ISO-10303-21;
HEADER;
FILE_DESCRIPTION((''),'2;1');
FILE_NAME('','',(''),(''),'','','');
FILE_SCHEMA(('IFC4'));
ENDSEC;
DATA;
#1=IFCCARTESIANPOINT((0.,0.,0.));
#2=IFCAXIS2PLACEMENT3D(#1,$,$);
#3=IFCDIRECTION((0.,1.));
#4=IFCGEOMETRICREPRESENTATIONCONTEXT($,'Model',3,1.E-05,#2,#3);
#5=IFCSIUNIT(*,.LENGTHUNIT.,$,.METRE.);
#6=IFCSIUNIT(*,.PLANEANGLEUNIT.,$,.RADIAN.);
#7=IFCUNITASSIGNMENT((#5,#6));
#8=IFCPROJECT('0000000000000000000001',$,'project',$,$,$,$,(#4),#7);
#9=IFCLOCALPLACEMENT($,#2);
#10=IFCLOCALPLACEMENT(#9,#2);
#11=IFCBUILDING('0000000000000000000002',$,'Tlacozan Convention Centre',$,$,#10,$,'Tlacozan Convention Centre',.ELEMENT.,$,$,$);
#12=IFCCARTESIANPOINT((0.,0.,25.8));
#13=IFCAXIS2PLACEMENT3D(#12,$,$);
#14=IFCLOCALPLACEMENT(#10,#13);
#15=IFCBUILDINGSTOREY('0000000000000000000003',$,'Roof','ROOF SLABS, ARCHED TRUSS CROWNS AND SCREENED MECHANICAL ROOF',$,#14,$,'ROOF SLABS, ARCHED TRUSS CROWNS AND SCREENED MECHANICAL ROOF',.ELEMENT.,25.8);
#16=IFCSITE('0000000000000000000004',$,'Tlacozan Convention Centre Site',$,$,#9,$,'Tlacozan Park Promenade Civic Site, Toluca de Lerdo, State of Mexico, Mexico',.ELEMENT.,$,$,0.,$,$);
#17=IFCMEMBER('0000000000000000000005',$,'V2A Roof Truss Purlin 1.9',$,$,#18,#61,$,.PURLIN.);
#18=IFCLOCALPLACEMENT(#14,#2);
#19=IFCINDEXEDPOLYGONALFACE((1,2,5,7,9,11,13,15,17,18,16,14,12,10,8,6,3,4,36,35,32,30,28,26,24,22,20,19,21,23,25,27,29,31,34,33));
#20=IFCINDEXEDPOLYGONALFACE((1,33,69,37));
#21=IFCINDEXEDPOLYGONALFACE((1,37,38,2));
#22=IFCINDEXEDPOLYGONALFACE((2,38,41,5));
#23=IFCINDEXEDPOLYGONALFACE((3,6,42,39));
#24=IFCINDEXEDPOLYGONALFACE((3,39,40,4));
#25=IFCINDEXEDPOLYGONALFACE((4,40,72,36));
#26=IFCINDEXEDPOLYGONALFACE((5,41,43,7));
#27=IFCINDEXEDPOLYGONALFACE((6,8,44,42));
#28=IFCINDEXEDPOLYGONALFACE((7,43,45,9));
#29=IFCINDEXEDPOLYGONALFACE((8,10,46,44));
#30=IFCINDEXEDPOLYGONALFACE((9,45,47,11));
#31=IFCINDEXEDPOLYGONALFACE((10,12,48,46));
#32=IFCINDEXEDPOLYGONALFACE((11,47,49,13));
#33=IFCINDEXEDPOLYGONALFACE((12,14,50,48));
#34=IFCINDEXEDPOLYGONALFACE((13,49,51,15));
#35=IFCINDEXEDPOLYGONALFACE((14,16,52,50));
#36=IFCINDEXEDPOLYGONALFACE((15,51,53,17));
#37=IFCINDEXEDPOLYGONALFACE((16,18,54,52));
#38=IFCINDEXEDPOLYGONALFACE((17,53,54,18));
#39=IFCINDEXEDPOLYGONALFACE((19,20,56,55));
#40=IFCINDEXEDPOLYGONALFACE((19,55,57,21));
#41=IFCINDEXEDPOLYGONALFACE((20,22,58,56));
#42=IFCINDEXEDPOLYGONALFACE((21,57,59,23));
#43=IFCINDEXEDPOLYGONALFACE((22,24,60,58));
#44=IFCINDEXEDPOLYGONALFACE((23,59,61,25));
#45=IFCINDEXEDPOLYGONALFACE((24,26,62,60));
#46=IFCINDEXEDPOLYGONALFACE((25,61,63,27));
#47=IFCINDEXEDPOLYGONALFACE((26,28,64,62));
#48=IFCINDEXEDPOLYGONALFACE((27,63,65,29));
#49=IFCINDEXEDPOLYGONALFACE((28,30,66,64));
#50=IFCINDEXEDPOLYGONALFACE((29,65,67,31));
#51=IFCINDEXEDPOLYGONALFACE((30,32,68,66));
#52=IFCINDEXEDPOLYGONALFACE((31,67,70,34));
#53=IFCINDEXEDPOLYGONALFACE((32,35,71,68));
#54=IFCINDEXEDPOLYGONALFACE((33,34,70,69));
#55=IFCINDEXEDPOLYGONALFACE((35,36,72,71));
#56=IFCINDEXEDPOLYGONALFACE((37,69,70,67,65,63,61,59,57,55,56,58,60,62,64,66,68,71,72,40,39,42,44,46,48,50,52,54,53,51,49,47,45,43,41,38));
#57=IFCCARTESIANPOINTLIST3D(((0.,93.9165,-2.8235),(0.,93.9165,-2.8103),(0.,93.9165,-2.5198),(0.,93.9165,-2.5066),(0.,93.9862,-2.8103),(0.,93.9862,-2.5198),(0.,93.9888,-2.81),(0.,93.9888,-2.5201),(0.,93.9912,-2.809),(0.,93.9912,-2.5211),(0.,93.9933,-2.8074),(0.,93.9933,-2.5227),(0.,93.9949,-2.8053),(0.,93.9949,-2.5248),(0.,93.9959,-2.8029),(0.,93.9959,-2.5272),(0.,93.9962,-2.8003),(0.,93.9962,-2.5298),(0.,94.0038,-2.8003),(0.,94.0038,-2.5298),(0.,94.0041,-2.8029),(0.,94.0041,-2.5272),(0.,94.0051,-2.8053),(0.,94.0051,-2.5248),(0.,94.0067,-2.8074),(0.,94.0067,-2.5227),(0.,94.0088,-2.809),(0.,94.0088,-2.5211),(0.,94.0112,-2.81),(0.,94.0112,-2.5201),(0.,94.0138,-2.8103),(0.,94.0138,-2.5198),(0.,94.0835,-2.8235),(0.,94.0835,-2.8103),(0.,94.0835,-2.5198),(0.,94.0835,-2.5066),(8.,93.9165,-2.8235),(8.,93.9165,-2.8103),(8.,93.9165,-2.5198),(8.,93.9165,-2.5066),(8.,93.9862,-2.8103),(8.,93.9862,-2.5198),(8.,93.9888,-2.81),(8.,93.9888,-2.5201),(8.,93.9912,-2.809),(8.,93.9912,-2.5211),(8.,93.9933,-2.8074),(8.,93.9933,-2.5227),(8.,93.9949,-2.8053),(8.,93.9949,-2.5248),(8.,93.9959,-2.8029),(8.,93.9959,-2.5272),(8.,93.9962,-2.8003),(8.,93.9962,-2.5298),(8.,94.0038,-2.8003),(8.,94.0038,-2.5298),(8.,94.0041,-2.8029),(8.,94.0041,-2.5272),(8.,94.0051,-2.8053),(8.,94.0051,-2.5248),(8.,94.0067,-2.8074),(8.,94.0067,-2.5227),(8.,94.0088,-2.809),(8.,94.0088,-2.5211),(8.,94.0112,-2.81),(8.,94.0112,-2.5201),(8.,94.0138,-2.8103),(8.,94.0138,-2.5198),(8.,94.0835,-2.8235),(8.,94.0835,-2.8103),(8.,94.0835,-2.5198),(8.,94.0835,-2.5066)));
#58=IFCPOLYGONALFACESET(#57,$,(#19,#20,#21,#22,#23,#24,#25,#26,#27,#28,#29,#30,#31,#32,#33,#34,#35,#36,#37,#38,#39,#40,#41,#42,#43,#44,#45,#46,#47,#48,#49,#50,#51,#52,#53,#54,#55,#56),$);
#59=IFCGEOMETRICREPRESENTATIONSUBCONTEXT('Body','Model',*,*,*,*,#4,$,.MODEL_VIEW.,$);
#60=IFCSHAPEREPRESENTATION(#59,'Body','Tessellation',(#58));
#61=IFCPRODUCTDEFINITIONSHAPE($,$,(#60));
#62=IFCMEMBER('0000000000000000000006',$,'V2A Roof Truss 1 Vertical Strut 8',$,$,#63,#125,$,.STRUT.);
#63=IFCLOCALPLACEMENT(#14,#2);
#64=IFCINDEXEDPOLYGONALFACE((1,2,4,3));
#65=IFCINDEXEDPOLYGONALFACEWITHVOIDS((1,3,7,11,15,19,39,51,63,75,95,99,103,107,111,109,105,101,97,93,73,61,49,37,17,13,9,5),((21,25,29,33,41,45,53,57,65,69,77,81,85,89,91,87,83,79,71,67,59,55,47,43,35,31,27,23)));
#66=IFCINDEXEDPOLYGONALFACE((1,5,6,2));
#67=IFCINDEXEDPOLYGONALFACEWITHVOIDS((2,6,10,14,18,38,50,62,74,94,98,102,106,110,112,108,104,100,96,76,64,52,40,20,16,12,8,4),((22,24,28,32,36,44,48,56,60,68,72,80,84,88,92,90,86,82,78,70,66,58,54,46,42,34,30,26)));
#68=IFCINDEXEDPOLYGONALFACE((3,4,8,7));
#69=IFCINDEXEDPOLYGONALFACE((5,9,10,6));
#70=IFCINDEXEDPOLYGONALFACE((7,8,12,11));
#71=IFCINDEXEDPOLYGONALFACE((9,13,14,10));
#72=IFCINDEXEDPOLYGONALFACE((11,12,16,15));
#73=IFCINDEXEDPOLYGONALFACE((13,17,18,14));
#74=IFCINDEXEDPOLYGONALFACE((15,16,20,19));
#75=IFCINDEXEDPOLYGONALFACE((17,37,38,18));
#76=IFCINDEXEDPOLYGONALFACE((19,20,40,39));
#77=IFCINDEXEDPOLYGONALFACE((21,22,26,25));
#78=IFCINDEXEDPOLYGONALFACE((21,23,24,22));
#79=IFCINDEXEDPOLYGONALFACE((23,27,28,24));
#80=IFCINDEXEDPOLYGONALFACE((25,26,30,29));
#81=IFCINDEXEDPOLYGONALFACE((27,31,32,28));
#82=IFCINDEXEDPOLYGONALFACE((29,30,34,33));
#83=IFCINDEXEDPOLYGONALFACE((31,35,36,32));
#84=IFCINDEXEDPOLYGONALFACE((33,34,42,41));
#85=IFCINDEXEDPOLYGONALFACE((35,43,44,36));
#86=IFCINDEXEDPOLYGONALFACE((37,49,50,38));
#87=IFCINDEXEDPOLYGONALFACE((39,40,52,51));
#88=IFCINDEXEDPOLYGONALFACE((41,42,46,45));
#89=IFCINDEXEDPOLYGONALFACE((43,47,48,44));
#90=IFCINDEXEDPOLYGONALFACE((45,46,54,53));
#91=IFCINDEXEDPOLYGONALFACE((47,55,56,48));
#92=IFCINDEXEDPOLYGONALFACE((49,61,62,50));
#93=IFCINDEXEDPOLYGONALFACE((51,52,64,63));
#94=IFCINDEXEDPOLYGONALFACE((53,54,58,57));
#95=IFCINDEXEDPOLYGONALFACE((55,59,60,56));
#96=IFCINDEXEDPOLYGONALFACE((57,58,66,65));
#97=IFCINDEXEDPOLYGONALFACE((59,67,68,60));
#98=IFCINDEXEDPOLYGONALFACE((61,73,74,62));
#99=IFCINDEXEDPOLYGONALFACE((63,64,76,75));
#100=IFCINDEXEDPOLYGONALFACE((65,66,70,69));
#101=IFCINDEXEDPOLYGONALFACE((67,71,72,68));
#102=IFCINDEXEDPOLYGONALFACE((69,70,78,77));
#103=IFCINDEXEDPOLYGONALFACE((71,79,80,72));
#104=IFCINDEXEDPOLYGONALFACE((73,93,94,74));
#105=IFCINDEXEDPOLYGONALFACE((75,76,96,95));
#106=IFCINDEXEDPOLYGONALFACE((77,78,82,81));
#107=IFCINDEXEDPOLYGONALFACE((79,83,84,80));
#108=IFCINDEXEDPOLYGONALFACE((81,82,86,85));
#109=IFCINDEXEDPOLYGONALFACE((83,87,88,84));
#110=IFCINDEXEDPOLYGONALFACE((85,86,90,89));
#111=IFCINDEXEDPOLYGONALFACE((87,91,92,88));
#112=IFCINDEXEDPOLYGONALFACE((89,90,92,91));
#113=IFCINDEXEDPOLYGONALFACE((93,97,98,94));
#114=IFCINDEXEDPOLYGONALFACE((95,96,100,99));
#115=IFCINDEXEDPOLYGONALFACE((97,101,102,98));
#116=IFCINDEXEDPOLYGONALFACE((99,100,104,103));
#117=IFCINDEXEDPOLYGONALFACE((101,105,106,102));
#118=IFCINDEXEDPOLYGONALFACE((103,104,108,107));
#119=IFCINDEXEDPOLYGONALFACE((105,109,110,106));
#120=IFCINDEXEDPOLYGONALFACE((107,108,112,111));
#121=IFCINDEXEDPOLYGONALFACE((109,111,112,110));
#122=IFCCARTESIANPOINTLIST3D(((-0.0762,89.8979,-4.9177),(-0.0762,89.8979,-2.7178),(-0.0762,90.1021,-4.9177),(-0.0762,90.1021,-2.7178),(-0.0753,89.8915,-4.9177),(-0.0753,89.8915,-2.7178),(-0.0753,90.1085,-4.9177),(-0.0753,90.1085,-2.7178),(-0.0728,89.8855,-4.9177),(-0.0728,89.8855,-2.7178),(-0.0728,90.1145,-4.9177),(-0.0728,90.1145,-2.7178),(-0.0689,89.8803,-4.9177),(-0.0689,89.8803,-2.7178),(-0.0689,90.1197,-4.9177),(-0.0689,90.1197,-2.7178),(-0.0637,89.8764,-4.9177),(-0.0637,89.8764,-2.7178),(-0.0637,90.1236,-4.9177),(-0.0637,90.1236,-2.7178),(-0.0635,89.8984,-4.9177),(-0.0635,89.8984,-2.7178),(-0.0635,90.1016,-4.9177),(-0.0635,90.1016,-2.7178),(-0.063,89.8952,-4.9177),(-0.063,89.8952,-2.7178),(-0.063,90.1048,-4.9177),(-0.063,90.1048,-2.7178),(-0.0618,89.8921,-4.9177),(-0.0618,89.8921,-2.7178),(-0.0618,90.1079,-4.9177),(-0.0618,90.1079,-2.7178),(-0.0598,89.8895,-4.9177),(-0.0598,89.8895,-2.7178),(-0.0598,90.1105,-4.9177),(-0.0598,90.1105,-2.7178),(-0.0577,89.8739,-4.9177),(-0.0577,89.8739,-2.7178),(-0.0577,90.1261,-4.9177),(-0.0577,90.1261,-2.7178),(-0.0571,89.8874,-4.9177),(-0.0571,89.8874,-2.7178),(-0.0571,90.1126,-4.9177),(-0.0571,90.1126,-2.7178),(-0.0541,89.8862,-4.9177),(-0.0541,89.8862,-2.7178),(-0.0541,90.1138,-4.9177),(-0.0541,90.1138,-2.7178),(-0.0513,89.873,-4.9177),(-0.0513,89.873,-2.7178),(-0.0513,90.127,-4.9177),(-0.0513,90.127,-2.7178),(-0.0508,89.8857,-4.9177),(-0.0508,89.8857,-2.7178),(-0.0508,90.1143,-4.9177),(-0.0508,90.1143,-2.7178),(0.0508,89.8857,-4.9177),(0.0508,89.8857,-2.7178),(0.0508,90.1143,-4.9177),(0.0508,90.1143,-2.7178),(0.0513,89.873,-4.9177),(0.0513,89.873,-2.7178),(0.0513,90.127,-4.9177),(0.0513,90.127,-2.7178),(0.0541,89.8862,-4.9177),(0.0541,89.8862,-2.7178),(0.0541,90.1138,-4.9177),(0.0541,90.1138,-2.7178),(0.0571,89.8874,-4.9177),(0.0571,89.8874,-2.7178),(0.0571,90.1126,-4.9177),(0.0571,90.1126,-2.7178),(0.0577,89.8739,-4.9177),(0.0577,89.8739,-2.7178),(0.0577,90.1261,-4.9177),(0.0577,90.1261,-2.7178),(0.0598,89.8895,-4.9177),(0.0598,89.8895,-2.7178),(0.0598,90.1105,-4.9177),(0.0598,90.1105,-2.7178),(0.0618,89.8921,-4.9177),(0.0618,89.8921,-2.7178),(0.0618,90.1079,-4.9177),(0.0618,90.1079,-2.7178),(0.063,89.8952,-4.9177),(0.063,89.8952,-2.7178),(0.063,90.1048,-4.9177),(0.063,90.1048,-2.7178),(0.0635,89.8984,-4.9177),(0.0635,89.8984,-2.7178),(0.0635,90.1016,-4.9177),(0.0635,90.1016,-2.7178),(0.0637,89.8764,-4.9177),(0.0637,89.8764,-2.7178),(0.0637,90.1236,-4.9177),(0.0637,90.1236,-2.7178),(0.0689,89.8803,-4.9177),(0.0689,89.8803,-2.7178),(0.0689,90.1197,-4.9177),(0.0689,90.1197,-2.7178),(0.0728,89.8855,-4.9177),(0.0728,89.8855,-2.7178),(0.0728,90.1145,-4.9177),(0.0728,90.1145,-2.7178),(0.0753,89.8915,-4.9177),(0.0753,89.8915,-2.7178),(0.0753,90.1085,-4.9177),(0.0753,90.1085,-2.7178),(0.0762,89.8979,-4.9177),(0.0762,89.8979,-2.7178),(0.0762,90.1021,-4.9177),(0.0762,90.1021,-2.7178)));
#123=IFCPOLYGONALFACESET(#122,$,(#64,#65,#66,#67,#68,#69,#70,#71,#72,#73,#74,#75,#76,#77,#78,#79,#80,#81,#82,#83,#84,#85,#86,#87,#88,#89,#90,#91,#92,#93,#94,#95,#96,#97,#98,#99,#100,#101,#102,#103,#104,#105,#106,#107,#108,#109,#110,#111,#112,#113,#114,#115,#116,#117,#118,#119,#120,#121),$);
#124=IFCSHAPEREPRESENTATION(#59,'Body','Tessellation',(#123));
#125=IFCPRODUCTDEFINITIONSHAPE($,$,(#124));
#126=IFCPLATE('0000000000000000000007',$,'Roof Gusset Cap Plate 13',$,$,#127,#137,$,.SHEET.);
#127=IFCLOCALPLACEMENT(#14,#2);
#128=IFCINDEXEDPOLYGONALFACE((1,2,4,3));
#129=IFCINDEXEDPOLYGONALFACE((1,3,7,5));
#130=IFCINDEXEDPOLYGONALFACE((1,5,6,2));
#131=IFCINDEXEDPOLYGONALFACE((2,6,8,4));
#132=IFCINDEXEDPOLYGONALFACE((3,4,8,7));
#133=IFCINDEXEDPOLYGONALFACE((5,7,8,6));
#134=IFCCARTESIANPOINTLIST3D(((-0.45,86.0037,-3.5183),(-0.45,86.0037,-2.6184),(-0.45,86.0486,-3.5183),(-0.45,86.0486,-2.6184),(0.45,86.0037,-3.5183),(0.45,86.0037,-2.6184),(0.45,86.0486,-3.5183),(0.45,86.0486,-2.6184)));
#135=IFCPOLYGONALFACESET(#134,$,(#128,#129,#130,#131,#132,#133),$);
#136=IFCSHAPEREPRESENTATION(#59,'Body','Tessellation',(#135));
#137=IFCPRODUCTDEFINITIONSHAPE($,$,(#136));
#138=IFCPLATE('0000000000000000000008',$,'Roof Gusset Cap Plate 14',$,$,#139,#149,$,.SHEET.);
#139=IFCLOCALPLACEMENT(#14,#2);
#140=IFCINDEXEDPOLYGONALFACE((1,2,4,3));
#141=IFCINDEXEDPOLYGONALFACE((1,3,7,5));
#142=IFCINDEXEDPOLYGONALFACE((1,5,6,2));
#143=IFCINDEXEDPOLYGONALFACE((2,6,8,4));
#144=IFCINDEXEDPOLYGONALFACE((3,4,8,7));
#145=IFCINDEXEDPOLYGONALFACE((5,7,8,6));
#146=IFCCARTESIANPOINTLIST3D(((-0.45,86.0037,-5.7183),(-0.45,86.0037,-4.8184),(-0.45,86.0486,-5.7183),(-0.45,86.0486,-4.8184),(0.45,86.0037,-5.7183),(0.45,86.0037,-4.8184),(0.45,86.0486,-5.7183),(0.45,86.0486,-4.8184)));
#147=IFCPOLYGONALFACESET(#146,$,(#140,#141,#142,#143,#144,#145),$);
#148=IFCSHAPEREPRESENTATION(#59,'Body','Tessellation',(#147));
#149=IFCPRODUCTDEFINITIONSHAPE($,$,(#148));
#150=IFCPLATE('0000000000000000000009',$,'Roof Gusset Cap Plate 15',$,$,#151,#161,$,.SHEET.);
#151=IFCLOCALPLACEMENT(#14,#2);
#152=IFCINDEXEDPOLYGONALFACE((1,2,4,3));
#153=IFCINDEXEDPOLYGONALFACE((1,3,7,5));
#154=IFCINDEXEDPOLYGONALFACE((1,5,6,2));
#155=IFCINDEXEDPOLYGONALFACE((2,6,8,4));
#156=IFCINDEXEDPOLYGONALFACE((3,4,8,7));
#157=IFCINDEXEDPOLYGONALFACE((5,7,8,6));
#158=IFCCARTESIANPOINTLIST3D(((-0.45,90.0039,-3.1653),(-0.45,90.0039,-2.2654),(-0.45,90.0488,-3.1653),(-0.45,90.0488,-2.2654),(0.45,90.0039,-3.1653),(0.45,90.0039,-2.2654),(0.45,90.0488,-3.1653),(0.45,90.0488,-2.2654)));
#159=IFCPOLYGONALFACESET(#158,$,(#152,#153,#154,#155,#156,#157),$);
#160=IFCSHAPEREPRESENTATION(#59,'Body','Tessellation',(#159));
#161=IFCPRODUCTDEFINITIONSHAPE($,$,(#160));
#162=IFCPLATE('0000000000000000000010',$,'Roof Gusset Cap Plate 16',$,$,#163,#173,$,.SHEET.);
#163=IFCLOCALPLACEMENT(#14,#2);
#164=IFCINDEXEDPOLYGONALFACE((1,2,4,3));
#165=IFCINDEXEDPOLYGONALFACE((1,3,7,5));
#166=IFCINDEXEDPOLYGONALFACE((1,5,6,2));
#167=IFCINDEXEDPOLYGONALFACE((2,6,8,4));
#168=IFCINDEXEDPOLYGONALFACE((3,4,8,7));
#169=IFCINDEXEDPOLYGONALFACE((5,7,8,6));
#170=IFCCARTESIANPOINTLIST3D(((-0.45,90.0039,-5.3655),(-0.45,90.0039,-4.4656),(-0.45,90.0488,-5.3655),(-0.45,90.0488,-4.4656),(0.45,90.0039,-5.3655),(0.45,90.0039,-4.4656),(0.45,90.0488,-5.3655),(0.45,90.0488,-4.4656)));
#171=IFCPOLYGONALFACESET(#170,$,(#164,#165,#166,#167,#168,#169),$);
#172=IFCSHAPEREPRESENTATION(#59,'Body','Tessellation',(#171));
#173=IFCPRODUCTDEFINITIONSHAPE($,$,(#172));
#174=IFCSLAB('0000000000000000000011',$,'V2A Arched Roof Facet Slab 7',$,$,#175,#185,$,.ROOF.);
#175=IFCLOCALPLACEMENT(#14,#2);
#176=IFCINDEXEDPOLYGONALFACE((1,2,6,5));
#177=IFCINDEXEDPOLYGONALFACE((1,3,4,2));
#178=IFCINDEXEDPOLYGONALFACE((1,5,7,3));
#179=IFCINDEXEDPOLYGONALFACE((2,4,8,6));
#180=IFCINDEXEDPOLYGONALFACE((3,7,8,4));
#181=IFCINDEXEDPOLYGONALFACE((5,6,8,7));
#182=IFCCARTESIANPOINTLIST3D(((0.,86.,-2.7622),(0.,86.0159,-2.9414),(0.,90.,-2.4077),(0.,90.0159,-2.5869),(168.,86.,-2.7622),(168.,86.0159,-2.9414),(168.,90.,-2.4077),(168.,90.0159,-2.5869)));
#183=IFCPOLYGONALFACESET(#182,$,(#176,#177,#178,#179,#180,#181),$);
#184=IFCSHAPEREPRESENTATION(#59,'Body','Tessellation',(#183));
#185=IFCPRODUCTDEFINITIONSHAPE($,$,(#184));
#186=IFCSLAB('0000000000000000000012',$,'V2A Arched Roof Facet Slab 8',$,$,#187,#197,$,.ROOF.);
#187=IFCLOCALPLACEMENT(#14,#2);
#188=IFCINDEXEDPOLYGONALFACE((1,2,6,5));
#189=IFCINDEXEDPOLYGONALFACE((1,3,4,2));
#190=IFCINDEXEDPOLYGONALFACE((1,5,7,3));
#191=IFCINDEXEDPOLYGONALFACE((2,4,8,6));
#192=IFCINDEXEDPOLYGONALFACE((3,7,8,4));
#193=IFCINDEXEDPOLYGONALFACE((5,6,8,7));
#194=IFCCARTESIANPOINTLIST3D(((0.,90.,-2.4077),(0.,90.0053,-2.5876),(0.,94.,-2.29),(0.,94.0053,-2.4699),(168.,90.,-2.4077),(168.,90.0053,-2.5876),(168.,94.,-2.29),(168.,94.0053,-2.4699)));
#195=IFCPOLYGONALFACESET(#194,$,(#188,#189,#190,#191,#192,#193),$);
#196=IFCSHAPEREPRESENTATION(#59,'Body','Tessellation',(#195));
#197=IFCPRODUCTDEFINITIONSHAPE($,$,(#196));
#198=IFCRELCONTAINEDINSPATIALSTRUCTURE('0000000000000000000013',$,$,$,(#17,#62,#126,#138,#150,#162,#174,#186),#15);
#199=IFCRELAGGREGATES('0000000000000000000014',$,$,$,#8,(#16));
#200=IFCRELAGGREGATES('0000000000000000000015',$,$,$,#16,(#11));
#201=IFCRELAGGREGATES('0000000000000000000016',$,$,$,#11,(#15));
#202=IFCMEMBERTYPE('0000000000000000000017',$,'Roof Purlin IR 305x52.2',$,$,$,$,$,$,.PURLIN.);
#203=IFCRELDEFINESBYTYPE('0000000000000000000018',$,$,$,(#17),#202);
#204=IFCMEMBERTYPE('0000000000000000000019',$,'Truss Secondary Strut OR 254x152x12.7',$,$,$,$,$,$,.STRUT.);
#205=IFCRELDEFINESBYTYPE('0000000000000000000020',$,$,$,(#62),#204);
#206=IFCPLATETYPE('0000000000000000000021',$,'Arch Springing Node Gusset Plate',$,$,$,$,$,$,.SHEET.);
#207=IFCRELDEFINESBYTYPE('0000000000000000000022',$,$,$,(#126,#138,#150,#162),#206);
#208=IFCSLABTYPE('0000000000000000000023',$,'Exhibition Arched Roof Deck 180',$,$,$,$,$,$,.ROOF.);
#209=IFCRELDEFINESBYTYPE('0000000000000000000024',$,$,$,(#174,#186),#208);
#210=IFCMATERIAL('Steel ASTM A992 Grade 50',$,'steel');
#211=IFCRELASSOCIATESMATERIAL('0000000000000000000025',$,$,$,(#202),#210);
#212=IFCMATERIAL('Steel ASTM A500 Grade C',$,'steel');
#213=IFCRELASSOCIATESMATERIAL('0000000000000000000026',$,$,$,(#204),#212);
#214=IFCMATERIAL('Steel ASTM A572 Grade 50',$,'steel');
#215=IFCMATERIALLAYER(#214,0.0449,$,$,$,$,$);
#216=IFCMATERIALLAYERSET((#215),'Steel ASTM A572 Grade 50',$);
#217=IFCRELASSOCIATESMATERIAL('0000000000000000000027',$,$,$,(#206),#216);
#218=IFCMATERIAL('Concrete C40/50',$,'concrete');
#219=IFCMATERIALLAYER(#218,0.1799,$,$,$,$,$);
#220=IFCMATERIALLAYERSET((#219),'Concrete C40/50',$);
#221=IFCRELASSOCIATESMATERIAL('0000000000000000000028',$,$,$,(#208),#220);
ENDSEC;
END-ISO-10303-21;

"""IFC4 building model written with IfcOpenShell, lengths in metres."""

from ifc_helpers import new_model, si_unit, direction, frame, origin, origin_2d, place, context, subcontext, project, spatial, polyline, rectangle, hollow_rectangle, i_section, outline, extrude, material, layer, layer_set, material_profile, profile_set, type_object, element, save


model = new_model("IFC4")

# Units and contexts
model_context = context("Model", 3, precision=1e-05, world=origin(), true_north=direction((0.0, 1.0)))
body_context = subcontext(model_context, "Body", "Model", "MODEL_VIEW")
ifc_project = project(units=[si_unit("LENGTHUNIT", "METRE"), si_unit("PLANEANGLEUNIT", "RADIAN")], contexts=[model_context])

# Site, building, storey
site_placement = place(None, origin())
site = spatial("IfcSite", under=ifc_project, at=site_placement, Name="Tlacozan Convention Centre Site", LongName="Tlacozan Park Promenade Civic Site, Toluca de Lerdo, State of Mexico, Mexico", CompositionType="ELEMENT", RefElevation=0.0)
building_placement = place(site_placement, origin())
building = spatial("IfcBuilding", under=site, at=building_placement, Name="Tlacozan Convention Centre", LongName="Tlacozan Convention Centre", CompositionType="ELEMENT")
storey_placement = place(building_placement, frame((0.0, 0.0, 25.8)))
storey = spatial("IfcBuildingStorey", under=building, at=storey_placement, Name="Roof", Description="ROOF SLABS, ARCHED TRUSS CROWNS AND SCREENED MECHANICAL ROOF", LongName="ROOF SLABS, ARCHED TRUSS CROWNS AND SCREENED MECHANICAL ROOF", CompositionType="ELEMENT", Elevation=25.8)

# Members
ifc_material_1 = material(Name="Steel ASTM A500 Grade C", Category="steel")
ifc_material_2 = material(Name="Steel ASTM A992 Grade 50", Category="steel")
ifc_material_profile_1 = material_profile(ifc_material_2, i_section(OverallWidth=0.167, OverallDepth=0.3169, WebThickness=0.0076, FlangeThickness=0.0132, FilletRadius=0.01, at=origin_2d()), Name="IR 305x52.2")
ifc_profile_set_1 = profile_set([ifc_material_profile_1], Name="Steel ASTM A992 Grade 50")
member_type_1 = type_object("IfcMemberType", Name="Roof Purlin IR 305x52.2", PredefinedType="PURLIN", material=ifc_profile_set_1)
for number, where, z_axis, x_axis, name in (
    (1, (0.0, 94.0, -2.665), (1.0, 0.0, 0.0), (0.0, 1.0, 0.0), "V2A Roof Truss Purlin 1.9"),
):
    element("IfcMember", number, at=place(storey_placement, frame(where, z_axis=z_axis, x_axis=x_axis)), inside=storey, type_object=member_type_1, Name=name, PredefinedType="PURLIN", context=body_context, shape_type="SweptSolid", body=[
        extrude(i_section(OverallWidth=0.167, OverallDepth=0.3169, WebThickness=0.0076, FlangeThickness=0.0132, FilletRadius=0.01, at=origin_2d()), origin(), (0.0, 0.0, 1.0), 8.0),
    ])
ifc_material_profile_2 = material_profile(ifc_material_1, hollow_rectangle(XDim=0.1523, YDim=0.2539, WallThickness=0.0127, InnerFilletRadius=0.0127, OuterFilletRadius=0.0249, at=origin_2d()), Name="OR 254x152x12.7")
ifc_profile_set_2 = profile_set([ifc_material_profile_2], Name="Steel ASTM A500 Grade C")
member_type_2 = type_object("IfcMemberType", Name="Truss Secondary Strut OR 254x152x12.7", PredefinedType="STRUT", material=ifc_profile_set_2)
member_1_placement = place(storey_placement, frame((0.0, 90.0, -4.9177), z_axis=(0.0, 0.0, 1.0), x_axis=(1.0, 0.0, 0.0)))
element("IfcMember", 2, at=member_1_placement, inside=storey, type_object=member_type_2, Name="V2A Roof Truss 1 Vertical Strut 8", PredefinedType="STRUT", context=body_context, shape_type="SweptSolid", body=[
    extrude(hollow_rectangle(XDim=0.1523, YDim=0.2539, WallThickness=0.0127, InnerFilletRadius=0.0127, OuterFilletRadius=0.0249, at=origin_2d()), origin(), (0.0, 0.0, 1.0), 2.2),
])

# Plates
ifc_material_3 = material(Name="Steel ASTM A572 Grade 50", Category="steel")
ifc_layer_1 = layer(ifc_material_3, 0.0449)
ifc_layer_set_1 = layer_set([ifc_layer_1], Name="Steel ASTM A572 Grade 50")
plate_type = type_object("IfcPlateType", Name="Arch Springing Node Gusset Plate", PredefinedType="SHEET", material=ifc_layer_set_1)
for number, where, z_axis, x_axis, name in (
    (3, (0.0, 86.0261, -3.5183), (0.0, 0.0, 1.0), (0.0, 1.0, 0.0), "Roof Gusset Cap Plate 13"),
    (4, (0.0, 86.0261, -5.7183), (0.0, 0.0, 1.0), (0.0, 1.0, 0.0), "Roof Gusset Cap Plate 14"),
    (5, (0.0, 90.0264, -3.1653), (0.0, 0.0, 1.0), (0.0, 1.0, 0.0), "Roof Gusset Cap Plate 15"),
    (6, (0.0, 90.0264, -5.3655), (0.0, 0.0, 1.0), (0.0, 1.0, 0.0), "Roof Gusset Cap Plate 16"),
):
    element("IfcPlate", number, at=place(storey_placement, frame(where, z_axis=z_axis, x_axis=x_axis)), inside=storey, type_object=plate_type, Name=name, PredefinedType="SHEET", context=body_context, shape_type="SweptSolid", body=[
        extrude(rectangle(XDim=0.0449, YDim=0.8999, at=origin_2d()), origin(), (0.0, 0.0, 1.0), 0.8999),
    ])

# Slabs
ifc_material_4 = material(Name="Concrete C40/50", Category="concrete")
ifc_layer_2 = layer(ifc_material_4, 0.1799)
ifc_layer_set_2 = layer_set([ifc_layer_2], Name="Concrete C40/50")
slab_type = type_object("IfcSlabType", Name="Exhibition Arched Roof Deck 180", PredefinedType="ROOF", material=ifc_layer_set_2)
slab_placement = place(storey_placement, frame((0.0, 86.0, -2.7622), z_axis=(0.0, -0.088277, 0.996096), x_axis=(1.0, 0.0, 0.0)))
element("IfcSlab", 7, at=slab_placement, inside=storey, type_object=slab_type, Name="V2A Arched Roof Facet Slab 7", PredefinedType="ROOF", context=body_context, shape_type="SweptSolid", body=[
    extrude(outline(polyline([(0.0, 0.0), (168.0, 0.0), (168.0, 4.0157), (0.0, 4.0157), (0.0, 0.0)])), origin(), (0.0, 0.0, -1.0), 0.1799),
])
for number, where, z_axis, x_axis, name in (
    (8, (0.0, 90.0, -2.4077), (0.0, -0.029406, 0.999568), (1.0, 0.0, 0.0), "V2A Arched Roof Facet Slab 8"),
):
    element("IfcSlab", number, at=place(storey_placement, frame(where, z_axis=z_axis, x_axis=x_axis)), inside=storey, type_object=slab_type, Name=name, PredefinedType="ROOF", context=body_context, shape_type="SweptSolid", body=[
        extrude(outline(polyline([(0.0, 0.0), (168.0, 0.0), (168.0, 4.0017), (0.0, 4.0017), (0.0, 0.0)])), origin(), (0.0, 0.0, -1.0), 0.1799),
    ])

save(model, "model.ifc")
